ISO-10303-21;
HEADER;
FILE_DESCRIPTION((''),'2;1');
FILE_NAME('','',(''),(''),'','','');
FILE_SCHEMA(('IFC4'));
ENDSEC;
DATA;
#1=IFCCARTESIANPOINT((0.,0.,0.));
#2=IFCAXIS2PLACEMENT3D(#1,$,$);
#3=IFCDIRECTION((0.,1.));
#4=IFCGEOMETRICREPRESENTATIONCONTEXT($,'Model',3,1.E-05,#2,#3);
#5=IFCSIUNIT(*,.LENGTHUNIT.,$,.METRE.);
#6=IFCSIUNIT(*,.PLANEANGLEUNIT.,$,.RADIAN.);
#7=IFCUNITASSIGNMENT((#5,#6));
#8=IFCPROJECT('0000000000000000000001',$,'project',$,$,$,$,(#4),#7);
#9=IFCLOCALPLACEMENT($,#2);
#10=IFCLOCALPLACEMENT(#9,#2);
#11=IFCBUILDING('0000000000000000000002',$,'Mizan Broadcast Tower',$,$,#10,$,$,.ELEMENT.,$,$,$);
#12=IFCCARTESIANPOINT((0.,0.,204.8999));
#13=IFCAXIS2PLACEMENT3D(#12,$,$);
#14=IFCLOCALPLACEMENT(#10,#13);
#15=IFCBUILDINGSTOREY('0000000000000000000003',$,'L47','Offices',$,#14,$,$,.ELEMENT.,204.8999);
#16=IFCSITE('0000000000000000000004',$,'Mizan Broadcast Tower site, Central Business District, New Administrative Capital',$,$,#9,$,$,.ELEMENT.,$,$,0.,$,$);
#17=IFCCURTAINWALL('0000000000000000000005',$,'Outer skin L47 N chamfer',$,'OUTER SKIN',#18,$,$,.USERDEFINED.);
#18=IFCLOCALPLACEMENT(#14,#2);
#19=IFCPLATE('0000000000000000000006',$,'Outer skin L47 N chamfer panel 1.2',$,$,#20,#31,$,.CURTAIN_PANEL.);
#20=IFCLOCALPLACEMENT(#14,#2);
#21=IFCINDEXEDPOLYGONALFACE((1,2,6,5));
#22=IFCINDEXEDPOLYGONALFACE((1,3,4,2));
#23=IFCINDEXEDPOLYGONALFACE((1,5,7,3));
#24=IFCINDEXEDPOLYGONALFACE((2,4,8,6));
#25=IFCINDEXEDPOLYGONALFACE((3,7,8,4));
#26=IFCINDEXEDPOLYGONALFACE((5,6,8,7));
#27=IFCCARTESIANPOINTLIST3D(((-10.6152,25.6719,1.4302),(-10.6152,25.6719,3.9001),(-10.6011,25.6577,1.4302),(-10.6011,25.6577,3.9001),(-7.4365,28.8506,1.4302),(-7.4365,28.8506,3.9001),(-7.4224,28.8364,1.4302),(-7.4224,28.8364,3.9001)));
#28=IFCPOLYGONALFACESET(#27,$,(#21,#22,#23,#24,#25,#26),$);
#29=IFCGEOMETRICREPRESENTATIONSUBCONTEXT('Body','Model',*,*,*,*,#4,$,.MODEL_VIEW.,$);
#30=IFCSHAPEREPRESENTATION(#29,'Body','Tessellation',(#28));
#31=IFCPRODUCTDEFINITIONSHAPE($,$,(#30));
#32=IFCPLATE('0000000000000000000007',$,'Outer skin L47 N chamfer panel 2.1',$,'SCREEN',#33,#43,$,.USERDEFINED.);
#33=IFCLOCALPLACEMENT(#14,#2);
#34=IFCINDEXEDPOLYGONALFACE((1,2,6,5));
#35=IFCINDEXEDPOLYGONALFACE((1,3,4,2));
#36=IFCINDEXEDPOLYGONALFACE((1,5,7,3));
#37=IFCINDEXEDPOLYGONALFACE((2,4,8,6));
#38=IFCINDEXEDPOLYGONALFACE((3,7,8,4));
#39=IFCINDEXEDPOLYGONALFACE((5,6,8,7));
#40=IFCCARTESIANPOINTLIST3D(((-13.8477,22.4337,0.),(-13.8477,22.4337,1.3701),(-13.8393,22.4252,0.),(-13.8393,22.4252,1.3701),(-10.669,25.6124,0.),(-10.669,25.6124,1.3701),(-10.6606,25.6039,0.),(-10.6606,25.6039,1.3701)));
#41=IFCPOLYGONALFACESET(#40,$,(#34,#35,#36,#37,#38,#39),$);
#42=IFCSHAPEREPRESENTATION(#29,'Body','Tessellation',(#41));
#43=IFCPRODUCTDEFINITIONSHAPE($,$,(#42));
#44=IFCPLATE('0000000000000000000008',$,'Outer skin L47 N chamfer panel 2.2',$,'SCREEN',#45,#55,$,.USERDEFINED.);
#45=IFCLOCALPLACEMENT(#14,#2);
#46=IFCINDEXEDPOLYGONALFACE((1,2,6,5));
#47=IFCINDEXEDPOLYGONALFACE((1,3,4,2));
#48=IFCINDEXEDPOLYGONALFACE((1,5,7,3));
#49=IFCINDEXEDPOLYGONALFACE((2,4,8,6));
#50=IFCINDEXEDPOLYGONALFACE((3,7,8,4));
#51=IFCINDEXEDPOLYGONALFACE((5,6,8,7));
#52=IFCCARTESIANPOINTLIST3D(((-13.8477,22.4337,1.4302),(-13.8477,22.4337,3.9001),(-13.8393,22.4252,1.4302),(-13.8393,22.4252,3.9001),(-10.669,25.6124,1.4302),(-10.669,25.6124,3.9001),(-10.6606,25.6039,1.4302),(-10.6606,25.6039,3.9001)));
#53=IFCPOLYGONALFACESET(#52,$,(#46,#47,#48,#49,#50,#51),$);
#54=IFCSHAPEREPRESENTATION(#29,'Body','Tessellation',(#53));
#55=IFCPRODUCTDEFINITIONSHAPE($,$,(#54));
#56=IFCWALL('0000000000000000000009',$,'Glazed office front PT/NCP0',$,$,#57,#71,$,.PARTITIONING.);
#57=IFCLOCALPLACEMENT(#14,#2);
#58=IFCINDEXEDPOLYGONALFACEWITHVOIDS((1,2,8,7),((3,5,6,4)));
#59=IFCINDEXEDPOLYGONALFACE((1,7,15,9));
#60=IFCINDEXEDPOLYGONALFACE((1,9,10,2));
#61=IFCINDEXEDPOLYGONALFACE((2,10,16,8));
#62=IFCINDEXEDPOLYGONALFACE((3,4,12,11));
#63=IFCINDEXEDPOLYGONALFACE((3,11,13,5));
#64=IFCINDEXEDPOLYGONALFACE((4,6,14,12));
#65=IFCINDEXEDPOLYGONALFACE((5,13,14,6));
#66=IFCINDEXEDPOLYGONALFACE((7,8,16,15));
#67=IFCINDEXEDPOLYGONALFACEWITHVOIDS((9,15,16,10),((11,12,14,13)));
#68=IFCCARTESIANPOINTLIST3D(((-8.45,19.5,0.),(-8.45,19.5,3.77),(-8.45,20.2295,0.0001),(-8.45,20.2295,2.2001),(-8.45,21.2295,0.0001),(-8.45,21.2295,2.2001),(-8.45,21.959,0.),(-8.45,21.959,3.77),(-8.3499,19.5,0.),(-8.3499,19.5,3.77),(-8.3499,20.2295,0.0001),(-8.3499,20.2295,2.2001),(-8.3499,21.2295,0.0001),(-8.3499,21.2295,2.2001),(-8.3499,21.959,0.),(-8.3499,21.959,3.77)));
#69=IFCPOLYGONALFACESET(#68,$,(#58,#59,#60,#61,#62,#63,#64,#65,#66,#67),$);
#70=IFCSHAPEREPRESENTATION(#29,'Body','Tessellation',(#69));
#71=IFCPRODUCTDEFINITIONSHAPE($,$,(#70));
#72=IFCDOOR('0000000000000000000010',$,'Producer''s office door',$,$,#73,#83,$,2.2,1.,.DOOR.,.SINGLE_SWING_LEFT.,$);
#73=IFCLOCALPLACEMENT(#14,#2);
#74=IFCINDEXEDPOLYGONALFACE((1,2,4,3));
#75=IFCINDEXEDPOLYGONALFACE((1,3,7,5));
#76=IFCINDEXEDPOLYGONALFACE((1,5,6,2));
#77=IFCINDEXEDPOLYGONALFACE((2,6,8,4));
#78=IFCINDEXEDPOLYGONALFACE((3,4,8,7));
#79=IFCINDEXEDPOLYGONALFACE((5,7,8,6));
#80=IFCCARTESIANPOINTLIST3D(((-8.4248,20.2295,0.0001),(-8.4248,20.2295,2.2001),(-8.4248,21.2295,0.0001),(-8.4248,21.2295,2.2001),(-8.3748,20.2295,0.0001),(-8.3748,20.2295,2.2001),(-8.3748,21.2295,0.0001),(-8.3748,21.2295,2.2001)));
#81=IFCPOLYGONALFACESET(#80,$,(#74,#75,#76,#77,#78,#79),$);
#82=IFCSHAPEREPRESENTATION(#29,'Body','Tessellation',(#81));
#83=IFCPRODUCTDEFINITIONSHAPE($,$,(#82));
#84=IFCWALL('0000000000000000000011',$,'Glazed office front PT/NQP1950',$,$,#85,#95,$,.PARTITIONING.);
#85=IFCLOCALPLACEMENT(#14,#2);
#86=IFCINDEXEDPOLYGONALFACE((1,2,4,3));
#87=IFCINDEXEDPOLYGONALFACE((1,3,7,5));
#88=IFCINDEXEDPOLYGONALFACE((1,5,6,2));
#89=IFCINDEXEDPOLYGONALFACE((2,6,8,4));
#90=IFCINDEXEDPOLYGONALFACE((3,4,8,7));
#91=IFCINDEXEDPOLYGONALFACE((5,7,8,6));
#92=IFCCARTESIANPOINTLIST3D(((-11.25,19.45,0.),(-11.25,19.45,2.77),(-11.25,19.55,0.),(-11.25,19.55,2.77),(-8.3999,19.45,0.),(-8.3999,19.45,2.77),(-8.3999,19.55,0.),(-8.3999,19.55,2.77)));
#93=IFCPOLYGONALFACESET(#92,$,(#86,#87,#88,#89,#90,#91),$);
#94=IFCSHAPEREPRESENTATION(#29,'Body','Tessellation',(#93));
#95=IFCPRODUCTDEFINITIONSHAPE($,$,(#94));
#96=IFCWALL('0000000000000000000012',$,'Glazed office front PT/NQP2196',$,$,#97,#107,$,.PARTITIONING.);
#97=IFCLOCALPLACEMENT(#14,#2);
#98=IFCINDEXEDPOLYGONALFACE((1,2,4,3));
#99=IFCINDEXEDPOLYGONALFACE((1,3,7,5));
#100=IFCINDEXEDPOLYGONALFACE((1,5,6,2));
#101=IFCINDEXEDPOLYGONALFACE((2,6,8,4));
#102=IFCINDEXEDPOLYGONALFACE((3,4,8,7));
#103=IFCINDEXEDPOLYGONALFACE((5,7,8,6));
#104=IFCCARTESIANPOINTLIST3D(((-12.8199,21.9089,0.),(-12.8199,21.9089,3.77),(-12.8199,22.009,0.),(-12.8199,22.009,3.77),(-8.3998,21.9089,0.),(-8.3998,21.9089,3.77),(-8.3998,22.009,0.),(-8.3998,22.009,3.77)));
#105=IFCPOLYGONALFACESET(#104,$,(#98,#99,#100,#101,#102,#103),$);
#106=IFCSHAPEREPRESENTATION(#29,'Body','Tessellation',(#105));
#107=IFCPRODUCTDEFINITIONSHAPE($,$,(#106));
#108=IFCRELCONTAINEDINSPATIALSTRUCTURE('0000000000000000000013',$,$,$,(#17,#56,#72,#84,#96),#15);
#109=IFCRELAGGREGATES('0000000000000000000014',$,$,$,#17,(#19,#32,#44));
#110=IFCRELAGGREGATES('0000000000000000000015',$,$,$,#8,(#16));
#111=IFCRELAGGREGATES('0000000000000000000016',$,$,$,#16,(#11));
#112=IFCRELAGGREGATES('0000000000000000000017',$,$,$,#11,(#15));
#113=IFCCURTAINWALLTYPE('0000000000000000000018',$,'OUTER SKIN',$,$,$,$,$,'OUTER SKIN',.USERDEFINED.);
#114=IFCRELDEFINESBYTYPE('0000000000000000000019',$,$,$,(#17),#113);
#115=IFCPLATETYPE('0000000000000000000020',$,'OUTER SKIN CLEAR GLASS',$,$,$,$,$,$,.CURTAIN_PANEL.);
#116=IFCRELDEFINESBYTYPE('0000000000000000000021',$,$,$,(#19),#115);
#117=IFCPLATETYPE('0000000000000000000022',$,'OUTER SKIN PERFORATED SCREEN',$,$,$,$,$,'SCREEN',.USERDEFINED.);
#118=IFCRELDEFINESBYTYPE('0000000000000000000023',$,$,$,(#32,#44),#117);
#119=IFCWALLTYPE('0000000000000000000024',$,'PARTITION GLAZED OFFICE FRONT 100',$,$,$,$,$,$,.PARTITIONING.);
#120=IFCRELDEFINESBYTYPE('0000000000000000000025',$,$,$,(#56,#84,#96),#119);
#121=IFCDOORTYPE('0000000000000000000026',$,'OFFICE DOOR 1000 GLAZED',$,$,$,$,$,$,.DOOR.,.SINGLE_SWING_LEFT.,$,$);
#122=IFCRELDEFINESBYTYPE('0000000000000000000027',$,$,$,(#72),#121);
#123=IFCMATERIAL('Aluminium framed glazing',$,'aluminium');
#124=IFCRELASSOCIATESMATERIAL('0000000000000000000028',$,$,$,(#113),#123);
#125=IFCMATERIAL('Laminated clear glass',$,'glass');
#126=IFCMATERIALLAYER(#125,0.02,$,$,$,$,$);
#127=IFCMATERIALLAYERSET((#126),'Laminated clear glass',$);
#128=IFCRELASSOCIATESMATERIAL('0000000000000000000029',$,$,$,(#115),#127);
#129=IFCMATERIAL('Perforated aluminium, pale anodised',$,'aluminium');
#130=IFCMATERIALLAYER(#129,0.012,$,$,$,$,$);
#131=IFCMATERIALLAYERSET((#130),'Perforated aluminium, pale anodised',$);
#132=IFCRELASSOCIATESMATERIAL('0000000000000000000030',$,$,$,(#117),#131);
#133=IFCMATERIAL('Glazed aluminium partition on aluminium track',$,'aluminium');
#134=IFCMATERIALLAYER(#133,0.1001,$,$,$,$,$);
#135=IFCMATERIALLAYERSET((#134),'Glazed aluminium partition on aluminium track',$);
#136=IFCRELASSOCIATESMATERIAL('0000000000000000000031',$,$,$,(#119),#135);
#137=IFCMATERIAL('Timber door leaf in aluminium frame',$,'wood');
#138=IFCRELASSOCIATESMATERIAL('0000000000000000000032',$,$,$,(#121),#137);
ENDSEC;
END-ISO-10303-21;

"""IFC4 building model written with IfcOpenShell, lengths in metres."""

from ifc_helpers import new_model, si_unit, direction, frame, frame_2d, origin, origin_2d, place, context, subcontext, project, spatial, rectangle, extrude, material, layer, layer_set, type_object, element, fill, aggregate, save


model = new_model("IFC4")

# Units and contexts
model_context = context("Model", 3, precision=1e-05, world=origin(), true_north=direction((0.0, 1.0)))
body_context = subcontext(model_context, "Body", "Model", "MODEL_VIEW")
ifc_project = project(units=[si_unit("LENGTHUNIT", "METRE"), si_unit("PLANEANGLEUNIT", "RADIAN")], contexts=[model_context])

# Site, building, storey
site_placement = place(None, origin())
site = spatial("IfcSite", under=ifc_project, at=site_placement, Name="Mizan Broadcast Tower site, Central Business District, New Administrative Capital", CompositionType="ELEMENT", RefElevation=0.0)
building_placement = place(site_placement, origin())
building = spatial("IfcBuilding", under=site, at=building_placement, Name="Mizan Broadcast Tower", CompositionType="ELEMENT")
storey_placement = place(building_placement, frame((0.0, 0.0, 204.8999)))
storey = spatial("IfcBuildingStorey", under=building, at=storey_placement, Name="L47", Description="Offices", CompositionType="ELEMENT", Elevation=204.8999)

# Curtain wall
ifc_material_1 = material(Name="Aluminium framed glazing", Category="aluminium")
curtain_wall_type_1 = type_object("IfcCurtainWallType", Name="OUTER SKIN", ElementType="OUTER SKIN", PredefinedType="USERDEFINED", material=ifc_material_1)
curtain_wall_1_placement = place(storey_placement, origin())
curtain_wall_1 = element("IfcCurtainWall", 1, at=curtain_wall_1_placement, inside=storey, type_object=curtain_wall_type_1, Name="Outer skin L47 N chamfer", ObjectType="OUTER SKIN", PredefinedType="USERDEFINED")

# Plates
ifc_material_2 = material(Name="Laminated clear glass", Category="glass")
ifc_layer_1 = layer(ifc_material_2, 0.02)
ifc_layer_set_1 = layer_set([ifc_layer_1], Name="Laminated clear glass")
plate_type_1 = type_object("IfcPlateType", Name="OUTER SKIN CLEAR GLASS", PredefinedType="CURTAIN_PANEL", material=ifc_layer_set_1)
plate_1_placement = place(storey_placement, frame((-9.0188, 27.2542, 1.4302), z_axis=(0.0, 0.0, 1.0), x_axis=(-0.707107, -0.707107, 0.0)))
plate_1 = element("IfcPlate", 2, at=plate_1_placement, type_object=plate_type_1, Name="Outer skin L47 N chamfer panel 1.2", PredefinedType="CURTAIN_PANEL", context=body_context, shape_type="SweptSolid", body=[
    extrude(rectangle(XDim=4.4954, YDim=0.02, at=origin_2d()), origin(), (0.0, 0.0, 1.0), 2.47),
])
ifc_material_3 = material(Name="Perforated aluminium, pale anodised", Category="aluminium")
ifc_layer_2 = layer(ifc_material_3, 0.012)
ifc_layer_set_2 = layer_set([ifc_layer_2], Name="Perforated aluminium, pale anodised")
plate_type_2 = type_object("IfcPlateType", Name="OUTER SKIN PERFORATED SCREEN", ElementType="SCREEN", PredefinedType="USERDEFINED", material=ifc_layer_set_2)
plate_2_placement = place(storey_placement, frame((-12.2542, 24.0188, 0.0), z_axis=(0.0, 0.0, 1.0), x_axis=(-0.707107, -0.707107, 0.0)))
plate_2 = element("IfcPlate", 3, at=plate_2_placement, type_object=plate_type_2, Name="Outer skin L47 N chamfer panel 2.1", ObjectType="SCREEN", PredefinedType="USERDEFINED", context=body_context, shape_type="SweptSolid", body=[
    extrude(rectangle(XDim=4.4954, YDim=0.012, at=origin_2d()), origin(), (0.0, 0.0, 1.0), 1.3701),
])
plate_3_placement = place(storey_placement, frame((-12.2542, 24.0188, 1.4302), z_axis=(0.0, 0.0, 1.0), x_axis=(-0.707107, -0.707107, 0.0)))
plate_3 = element("IfcPlate", 4, at=plate_3_placement, type_object=plate_type_2, Name="Outer skin L47 N chamfer panel 2.2", ObjectType="SCREEN", PredefinedType="USERDEFINED", context=body_context, shape_type="SweptSolid", body=[
    extrude(rectangle(XDim=4.4954, YDim=0.012, at=origin_2d()), origin(), (0.0, 0.0, 1.0), 2.47),
])
aggregate(curtain_wall_1, [plate_1, plate_2, plate_3])

# Wall, opening, door
ifc_material_4 = material(Name="Glazed aluminium partition on aluminium track", Category="aluminium")
ifc_layer_3 = layer(ifc_material_4, 0.1001)
ifc_layer_set_3 = layer_set([ifc_layer_3], Name="Glazed aluminium partition on aluminium track")
wall_type = type_object("IfcWallType", Name="PARTITION GLAZED OFFICE FRONT 100", PredefinedType="PARTITIONING", material=ifc_layer_set_3)
wall_1_placement = place(storey_placement, frame((-8.3999, 19.5, 0.0), z_axis=(0.0, 0.0, 1.0), x_axis=(0.0, 1.0, 0.0)))
wall_1 = element("IfcWall", 5, at=wall_1_placement, inside=storey, type_object=wall_type, Name="Glazed office front PT/NCP0", PredefinedType="PARTITIONING", context=body_context, shape_type="SweptSolid", body=[
    extrude(rectangle(XDim=2.459, YDim=0.1001, at=frame_2d((1.2295, 0.0))), origin(), (0.0, 0.0, 1.0), 3.77),
])
opening_placement = place(wall_1_placement, frame((0.7295, 0.0, 0.0)))
opening = element("IfcOpeningElement", 6, at=opening_placement, cuts=wall_1, PredefinedType="OPENING", context=body_context, shape_type="SweptSolid", body=[
    extrude(rectangle(XDim=1.0, YDim=2.2, at=frame_2d((0.5, 1.1001))), frame((0.0, 0.0601, 0.0), z_axis=(0.0, -1.0, 0.0), x_axis=(1.0, 0.0, 0.0)), (0.0, 0.0, 1.0), 0.1201),
])
ifc_material_5 = material(Name="Timber door leaf in aluminium frame", Category="wood")
door_type = type_object("IfcDoorType", Name="OFFICE DOOR 1000 GLAZED", OperationType="SINGLE_SWING_LEFT", PredefinedType="DOOR", material=ifc_material_5)
door_placement = place(opening_placement, origin())
door = element("IfcDoor", 7, at=door_placement, inside=storey, type_object=door_type, Name="Producer's office door", OperationType="SINGLE_SWING_LEFT", OverallHeight=2.2, OverallWidth=1.0, PredefinedType="DOOR", context=body_context, shape_type="SweptSolid", body=[
    extrude(rectangle(XDim=1.0, YDim=2.2, at=frame_2d((0.5, 1.1001))), frame((0.0, 0.0249, 0.0), z_axis=(0.0, -1.0, 0.0), x_axis=(1.0, 0.0, 0.0)), (0.0, 0.0, 1.0), 0.05),
])
fill(opening, door)

# Walls
wall_2_placement = place(storey_placement, frame((-8.3999, 19.5, 0.0), z_axis=(0.0, 0.0, 1.0), x_axis=(-1.0, 0.0, 0.0)))
element("IfcWall", 8, at=wall_2_placement, inside=storey, type_object=wall_type, Name="Glazed office front PT/NQP1950", PredefinedType="PARTITIONING", context=body_context, shape_type="SweptSolid", body=[
    extrude(rectangle(XDim=2.8501, YDim=0.1001, at=frame_2d((1.425, 0.0))), origin(), (0.0, 0.0, 1.0), 2.77),
])
wall_3_placement = place(storey_placement, frame((-8.3999, 21.959, 0.0), z_axis=(0.0, 0.0, 1.0), x_axis=(-1.0, 0.0, 0.0)))
element("IfcWall", 9, at=wall_3_placement, inside=storey, type_object=wall_type, Name="Glazed office front PT/NQP2196", PredefinedType="PARTITIONING", context=body_context, shape_type="SweptSolid", body=[
    extrude(rectangle(XDim=4.4202, YDim=0.1001, at=frame_2d((2.21, 0.0))), origin(), (0.0, 0.0, 1.0), 3.77),
])

save(model, "model.ifc")
